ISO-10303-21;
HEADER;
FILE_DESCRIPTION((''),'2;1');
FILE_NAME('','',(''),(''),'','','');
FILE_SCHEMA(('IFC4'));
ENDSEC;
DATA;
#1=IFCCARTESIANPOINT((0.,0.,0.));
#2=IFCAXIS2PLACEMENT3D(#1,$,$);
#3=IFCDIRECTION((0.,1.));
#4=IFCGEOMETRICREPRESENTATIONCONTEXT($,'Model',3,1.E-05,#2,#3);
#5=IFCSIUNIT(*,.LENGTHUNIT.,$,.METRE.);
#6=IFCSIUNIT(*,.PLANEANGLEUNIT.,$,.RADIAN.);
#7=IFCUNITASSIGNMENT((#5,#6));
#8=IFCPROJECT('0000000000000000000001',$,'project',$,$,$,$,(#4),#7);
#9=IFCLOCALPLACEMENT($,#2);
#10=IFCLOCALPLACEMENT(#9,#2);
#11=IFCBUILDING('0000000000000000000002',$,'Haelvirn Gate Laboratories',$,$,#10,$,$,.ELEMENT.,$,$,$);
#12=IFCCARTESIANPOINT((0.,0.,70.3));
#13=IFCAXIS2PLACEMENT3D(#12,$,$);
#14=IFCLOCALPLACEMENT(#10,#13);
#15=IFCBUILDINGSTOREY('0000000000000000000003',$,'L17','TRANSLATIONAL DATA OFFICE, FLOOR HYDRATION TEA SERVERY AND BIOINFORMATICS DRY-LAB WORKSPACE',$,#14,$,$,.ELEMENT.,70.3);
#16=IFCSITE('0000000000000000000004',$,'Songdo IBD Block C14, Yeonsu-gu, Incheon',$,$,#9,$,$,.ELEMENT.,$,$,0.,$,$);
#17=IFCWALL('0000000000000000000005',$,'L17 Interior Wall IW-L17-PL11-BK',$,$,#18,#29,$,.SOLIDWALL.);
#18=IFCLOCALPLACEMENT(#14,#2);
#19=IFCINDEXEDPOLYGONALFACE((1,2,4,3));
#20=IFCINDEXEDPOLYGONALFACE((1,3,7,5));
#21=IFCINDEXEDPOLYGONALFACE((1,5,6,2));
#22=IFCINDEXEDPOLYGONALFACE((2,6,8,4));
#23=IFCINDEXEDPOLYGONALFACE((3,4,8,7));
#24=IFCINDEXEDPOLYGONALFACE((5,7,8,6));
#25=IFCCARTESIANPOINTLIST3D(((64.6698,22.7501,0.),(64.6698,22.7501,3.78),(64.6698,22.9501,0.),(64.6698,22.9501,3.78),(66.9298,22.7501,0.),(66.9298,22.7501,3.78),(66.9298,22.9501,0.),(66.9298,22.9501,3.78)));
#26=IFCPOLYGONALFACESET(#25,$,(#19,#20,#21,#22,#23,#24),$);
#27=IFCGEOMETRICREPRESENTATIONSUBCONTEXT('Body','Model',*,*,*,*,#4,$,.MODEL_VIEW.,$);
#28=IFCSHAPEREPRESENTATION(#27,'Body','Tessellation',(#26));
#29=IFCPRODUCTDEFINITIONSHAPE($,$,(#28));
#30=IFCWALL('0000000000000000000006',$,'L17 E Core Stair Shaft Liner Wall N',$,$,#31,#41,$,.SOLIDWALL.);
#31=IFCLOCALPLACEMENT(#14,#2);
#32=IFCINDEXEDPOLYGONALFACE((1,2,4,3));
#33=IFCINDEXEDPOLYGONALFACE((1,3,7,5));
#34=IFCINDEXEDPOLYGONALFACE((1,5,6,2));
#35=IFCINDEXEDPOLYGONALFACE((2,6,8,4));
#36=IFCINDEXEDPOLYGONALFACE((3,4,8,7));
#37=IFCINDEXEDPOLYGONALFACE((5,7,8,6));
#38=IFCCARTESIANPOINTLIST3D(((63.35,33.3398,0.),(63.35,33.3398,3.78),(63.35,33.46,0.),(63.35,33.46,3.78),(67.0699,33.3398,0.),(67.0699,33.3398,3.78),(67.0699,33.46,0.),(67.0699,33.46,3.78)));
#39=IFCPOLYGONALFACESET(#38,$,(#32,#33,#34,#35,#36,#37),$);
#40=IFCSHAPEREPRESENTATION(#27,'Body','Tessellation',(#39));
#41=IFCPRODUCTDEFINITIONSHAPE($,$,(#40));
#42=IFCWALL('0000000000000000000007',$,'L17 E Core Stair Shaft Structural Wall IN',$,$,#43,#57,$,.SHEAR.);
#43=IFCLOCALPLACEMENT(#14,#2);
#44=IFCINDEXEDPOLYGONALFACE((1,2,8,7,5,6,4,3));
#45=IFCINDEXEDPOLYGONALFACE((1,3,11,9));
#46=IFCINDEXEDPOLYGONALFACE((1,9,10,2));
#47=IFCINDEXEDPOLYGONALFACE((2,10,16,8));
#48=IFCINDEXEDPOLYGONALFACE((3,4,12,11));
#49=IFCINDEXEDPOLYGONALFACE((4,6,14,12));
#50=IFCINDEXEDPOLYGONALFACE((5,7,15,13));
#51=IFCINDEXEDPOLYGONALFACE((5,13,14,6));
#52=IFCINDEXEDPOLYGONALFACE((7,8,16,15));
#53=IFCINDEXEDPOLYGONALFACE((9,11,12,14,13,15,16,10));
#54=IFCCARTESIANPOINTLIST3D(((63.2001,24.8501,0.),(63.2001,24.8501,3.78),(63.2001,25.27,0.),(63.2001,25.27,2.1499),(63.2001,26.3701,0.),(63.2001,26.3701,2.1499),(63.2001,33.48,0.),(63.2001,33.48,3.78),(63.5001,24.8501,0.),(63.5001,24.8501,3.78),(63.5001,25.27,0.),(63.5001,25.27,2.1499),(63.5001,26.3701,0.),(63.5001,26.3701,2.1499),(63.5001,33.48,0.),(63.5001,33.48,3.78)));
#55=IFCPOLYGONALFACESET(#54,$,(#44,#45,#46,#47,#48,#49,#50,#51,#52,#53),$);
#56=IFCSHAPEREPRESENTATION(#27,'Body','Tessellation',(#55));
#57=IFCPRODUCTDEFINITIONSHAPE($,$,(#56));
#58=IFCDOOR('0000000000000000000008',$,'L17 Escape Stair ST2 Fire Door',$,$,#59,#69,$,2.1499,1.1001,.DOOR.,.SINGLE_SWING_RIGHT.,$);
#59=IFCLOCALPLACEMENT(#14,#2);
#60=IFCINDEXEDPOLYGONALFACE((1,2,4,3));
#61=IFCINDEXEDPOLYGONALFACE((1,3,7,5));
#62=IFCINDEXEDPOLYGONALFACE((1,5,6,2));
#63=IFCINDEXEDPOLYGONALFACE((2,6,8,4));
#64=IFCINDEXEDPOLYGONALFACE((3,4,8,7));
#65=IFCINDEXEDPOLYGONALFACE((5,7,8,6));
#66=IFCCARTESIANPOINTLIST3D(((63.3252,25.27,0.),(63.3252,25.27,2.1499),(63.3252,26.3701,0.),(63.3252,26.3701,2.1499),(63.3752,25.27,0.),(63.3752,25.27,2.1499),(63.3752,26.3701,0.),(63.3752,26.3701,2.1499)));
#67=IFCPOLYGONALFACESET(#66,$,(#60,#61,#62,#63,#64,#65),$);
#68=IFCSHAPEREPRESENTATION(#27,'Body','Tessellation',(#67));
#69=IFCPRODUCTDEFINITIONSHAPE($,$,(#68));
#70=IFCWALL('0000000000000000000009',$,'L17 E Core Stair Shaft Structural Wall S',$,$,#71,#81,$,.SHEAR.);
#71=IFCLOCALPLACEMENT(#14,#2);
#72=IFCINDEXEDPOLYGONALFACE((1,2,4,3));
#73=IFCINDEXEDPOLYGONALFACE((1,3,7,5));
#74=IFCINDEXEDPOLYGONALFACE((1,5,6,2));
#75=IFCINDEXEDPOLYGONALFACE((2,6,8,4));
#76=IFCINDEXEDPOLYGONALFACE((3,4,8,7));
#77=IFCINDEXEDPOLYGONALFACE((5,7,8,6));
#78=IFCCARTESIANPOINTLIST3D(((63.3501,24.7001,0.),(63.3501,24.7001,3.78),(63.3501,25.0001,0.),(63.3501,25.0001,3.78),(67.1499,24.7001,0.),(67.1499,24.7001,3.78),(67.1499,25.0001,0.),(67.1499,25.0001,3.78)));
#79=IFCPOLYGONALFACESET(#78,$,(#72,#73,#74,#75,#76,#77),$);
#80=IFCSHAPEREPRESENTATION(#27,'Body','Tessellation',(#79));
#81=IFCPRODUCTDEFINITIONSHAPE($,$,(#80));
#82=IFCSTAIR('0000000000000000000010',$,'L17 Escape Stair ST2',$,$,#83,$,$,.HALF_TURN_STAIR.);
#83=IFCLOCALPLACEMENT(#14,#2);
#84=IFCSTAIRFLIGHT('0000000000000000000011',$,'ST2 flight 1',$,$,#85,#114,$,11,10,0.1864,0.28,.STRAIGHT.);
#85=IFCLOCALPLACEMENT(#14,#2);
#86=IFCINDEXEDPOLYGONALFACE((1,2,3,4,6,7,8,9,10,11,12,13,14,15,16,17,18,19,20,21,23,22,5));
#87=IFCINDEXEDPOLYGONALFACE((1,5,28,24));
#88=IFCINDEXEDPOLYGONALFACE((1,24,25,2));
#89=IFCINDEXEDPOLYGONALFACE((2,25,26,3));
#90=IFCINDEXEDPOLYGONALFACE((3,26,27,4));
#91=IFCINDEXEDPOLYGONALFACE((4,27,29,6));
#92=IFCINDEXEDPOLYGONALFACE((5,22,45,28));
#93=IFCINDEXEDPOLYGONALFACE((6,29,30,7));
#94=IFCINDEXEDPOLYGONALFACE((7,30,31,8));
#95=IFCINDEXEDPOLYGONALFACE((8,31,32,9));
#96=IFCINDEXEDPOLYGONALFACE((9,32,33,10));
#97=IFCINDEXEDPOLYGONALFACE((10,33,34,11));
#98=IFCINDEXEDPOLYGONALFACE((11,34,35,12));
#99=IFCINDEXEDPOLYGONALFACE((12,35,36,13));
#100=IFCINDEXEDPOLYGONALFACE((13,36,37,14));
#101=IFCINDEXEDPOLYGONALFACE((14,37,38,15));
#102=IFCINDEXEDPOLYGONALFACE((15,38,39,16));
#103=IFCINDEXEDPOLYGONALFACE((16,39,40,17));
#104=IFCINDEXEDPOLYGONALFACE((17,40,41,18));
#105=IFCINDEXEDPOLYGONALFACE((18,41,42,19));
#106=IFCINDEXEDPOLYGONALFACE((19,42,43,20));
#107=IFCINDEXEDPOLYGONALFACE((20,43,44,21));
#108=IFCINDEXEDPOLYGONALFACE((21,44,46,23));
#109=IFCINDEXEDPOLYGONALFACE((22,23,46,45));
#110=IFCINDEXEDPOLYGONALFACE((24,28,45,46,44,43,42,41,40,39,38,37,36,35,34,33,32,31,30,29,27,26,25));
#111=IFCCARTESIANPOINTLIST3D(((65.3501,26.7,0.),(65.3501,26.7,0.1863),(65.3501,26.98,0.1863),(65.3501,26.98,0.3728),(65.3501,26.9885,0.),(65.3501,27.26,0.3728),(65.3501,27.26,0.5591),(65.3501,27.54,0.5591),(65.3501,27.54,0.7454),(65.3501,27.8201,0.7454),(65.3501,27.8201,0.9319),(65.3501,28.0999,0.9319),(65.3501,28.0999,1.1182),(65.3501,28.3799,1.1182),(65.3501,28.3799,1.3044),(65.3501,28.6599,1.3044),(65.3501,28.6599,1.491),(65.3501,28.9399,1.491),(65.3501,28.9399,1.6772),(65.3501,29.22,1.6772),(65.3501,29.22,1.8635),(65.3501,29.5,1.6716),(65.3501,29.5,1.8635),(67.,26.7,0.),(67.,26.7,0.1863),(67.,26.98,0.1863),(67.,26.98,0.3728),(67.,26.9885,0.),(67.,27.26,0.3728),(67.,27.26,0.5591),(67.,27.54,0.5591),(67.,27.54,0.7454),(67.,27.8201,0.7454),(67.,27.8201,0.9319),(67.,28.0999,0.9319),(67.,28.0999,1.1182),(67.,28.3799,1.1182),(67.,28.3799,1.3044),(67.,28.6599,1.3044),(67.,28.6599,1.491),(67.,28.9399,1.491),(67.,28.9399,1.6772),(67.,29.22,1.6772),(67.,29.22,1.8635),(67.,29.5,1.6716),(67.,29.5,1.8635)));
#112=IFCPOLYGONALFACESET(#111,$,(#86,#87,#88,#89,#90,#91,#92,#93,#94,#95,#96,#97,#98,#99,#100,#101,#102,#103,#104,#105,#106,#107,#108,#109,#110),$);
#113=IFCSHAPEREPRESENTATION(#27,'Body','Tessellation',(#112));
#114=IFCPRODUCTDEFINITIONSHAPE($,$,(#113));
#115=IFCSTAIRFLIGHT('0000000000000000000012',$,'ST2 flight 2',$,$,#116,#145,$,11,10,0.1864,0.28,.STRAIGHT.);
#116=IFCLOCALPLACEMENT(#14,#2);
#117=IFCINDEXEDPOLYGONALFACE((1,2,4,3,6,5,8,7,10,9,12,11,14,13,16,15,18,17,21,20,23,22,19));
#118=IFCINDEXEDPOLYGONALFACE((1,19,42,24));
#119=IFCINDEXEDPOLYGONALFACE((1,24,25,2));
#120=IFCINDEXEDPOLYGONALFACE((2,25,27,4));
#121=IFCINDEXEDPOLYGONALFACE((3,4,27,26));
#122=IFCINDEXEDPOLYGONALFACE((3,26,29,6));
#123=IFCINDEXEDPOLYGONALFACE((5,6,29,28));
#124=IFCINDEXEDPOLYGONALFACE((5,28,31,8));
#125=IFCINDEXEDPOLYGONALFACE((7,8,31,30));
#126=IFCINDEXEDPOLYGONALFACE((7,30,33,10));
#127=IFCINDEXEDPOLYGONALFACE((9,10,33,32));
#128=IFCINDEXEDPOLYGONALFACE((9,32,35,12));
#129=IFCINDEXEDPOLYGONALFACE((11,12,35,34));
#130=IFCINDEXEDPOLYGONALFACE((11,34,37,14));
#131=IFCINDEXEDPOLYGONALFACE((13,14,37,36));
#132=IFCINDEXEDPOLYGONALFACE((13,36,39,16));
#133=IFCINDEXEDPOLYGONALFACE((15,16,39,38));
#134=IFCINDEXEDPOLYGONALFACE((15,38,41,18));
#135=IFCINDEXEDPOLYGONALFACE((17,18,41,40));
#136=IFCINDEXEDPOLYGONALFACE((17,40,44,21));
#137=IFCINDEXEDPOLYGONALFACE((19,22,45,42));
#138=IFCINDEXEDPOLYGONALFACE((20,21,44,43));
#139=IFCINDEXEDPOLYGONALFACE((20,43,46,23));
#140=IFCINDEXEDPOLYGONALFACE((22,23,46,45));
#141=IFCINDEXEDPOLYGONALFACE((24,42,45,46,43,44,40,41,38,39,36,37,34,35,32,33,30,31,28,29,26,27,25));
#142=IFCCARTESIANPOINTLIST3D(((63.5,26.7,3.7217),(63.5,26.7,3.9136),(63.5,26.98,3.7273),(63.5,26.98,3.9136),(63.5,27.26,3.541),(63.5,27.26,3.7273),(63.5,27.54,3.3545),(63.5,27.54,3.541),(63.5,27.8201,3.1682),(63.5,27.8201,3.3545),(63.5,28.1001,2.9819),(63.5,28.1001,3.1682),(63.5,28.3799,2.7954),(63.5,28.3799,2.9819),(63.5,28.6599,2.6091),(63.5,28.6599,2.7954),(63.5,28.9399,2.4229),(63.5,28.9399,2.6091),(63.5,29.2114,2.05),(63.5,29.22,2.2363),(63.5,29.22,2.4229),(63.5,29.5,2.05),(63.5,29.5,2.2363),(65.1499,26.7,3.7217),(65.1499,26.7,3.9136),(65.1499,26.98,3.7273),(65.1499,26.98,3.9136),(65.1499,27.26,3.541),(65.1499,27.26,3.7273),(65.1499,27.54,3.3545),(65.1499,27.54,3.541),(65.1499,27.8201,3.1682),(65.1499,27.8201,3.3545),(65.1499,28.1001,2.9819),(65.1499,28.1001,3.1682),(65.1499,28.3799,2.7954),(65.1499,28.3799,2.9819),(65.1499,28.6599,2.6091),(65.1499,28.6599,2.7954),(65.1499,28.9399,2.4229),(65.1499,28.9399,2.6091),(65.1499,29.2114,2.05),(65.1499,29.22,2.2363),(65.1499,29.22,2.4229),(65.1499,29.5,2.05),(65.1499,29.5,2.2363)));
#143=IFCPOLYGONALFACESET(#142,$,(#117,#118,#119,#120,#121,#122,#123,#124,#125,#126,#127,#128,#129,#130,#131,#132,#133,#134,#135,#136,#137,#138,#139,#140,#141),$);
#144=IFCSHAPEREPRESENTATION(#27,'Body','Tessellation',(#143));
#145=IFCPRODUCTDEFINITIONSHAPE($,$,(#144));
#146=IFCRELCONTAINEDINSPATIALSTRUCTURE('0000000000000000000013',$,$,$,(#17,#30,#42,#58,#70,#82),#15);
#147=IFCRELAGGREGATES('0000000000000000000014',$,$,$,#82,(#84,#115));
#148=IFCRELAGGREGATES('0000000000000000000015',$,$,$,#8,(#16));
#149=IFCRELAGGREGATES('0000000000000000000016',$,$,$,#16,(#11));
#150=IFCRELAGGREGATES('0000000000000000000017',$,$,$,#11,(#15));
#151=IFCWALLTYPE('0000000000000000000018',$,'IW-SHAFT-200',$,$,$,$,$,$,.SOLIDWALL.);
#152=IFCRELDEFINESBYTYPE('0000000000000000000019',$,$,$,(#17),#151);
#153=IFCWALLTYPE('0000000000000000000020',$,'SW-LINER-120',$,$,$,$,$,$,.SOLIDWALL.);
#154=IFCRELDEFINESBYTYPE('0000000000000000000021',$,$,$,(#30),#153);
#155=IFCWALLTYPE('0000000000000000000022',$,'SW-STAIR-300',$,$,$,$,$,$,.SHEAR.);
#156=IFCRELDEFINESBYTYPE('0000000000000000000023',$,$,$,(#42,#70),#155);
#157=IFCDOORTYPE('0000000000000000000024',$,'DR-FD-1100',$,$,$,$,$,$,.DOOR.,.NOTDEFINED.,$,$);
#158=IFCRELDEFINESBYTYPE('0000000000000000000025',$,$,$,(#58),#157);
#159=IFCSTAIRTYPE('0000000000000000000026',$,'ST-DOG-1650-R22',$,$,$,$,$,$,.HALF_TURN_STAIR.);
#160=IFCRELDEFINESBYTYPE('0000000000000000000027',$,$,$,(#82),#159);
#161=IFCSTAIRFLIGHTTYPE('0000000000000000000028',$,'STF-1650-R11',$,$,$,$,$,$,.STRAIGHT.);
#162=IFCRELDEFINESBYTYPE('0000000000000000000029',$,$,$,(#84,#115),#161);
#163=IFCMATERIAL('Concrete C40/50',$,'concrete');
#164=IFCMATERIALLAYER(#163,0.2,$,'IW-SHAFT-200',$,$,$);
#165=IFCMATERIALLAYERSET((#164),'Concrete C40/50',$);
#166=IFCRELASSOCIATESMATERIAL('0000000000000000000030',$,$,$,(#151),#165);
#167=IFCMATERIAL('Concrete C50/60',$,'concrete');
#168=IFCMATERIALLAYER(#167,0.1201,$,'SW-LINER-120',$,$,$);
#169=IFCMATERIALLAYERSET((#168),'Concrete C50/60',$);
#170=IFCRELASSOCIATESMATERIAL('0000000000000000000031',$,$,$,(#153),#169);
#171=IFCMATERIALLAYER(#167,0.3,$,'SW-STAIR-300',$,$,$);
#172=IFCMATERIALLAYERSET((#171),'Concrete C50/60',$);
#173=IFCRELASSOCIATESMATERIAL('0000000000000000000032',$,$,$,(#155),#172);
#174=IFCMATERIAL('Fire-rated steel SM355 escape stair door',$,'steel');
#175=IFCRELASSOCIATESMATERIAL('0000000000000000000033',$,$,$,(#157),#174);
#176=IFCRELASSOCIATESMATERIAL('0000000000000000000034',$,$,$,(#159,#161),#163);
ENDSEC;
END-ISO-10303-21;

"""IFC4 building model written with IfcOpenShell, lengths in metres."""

from ifc_helpers import new_model, si_unit, direction, frame, frame_2d, origin, place, context, subcontext, project, spatial, polyline, rectangle, outline, extrude, source, transform, mapped, material, layer, layer_set, type_object, type_shapes, element, fill, aggregate, save


model = new_model("IFC4")

# Units and contexts
model_context = context("Model", 3, precision=1e-05, world=origin(), true_north=direction((0.0, 1.0)))
body_context = subcontext(model_context, "Body", "Model", "MODEL_VIEW")
ifc_project = project(units=[si_unit("LENGTHUNIT", "METRE"), si_unit("PLANEANGLEUNIT", "RADIAN")], contexts=[model_context])

# Site, building, storey
site_placement = place(None, origin())
site = spatial("IfcSite", under=ifc_project, at=site_placement, Name="Songdo IBD Block C14, Yeonsu-gu, Incheon", CompositionType="ELEMENT", RefElevation=0.0)
building_placement = place(site_placement, origin())
building = spatial("IfcBuilding", under=site, at=building_placement, Name="Haelvirn Gate Laboratories", CompositionType="ELEMENT")
storey_placement = place(building_placement, frame((0.0, 0.0, 70.3)))
storey = spatial("IfcBuildingStorey", under=building, at=storey_placement, Name="L17", Description="TRANSLATIONAL DATA OFFICE, FLOOR HYDRATION TEA SERVERY AND BIOINFORMATICS DRY-LAB WORKSPACE", CompositionType="ELEMENT", Elevation=70.3)

# Walls
ifc_material_1 = material(Name="Concrete C40/50", Category="concrete")
ifc_layer_1 = layer(ifc_material_1, 0.2, Name="IW-SHAFT-200")
ifc_layer_set_1 = layer_set([ifc_layer_1], Name="Concrete C40/50")
wall_type_1 = type_object("IfcWallType", Name="IW-SHAFT-200", PredefinedType="SOLIDWALL", material=ifc_layer_set_1)
wall_1_placement = place(storey_placement, frame((64.6699, 22.8501, 0.0), z_axis=(0.0, 0.0, 1.0), x_axis=(1.0, 0.0, 0.0)))
element("IfcWall", 1, at=wall_1_placement, inside=storey, type_object=wall_type_1, Name="L17 Interior Wall IW-L17-PL11-BK", PredefinedType="SOLIDWALL", context=body_context, shape_type="SweptSolid", body=[
    extrude(rectangle(XDim=2.26, YDim=0.2, at=frame_2d((1.1299, 0.0))), origin(), (0.0, 0.0, 1.0), 3.78),
])
ifc_material_2 = material(Name="Concrete C50/60", Category="concrete")
ifc_layer_2 = layer(ifc_material_2, 0.1201, Name="SW-LINER-120")
ifc_layer_set_2 = layer_set([ifc_layer_2], Name="Concrete C50/60")
wall_type_2 = type_object("IfcWallType", Name="SW-LINER-120", PredefinedType="SOLIDWALL", material=ifc_layer_set_2)
wall_2_placement = place(storey_placement, frame((63.3501, 33.3999, 0.0), z_axis=(0.0, 0.0, 1.0), x_axis=(1.0, 0.0, 0.0)))
element("IfcWall", 2, at=wall_2_placement, inside=storey, type_object=wall_type_2, Name="L17 E Core Stair Shaft Liner Wall N", PredefinedType="SOLIDWALL", context=body_context, shape_type="SweptSolid", body=[
    extrude(rectangle(XDim=3.72, YDim=0.1201, at=frame_2d((1.8599, 0.0))), origin(), (0.0, 0.0, 1.0), 3.78),
])

# Wall, opening, door
ifc_layer_3 = layer(ifc_material_2, 0.3, Name="SW-STAIR-300")
ifc_layer_set_3 = layer_set([ifc_layer_3], Name="Concrete C50/60")
wall_type_3 = type_object("IfcWallType", Name="SW-STAIR-300", PredefinedType="SHEAR", material=ifc_layer_set_3)
wall_3_placement = place(storey_placement, frame((63.3501, 24.8501, 0.0), z_axis=(0.0, 0.0, 1.0), x_axis=(0.0, 1.0, 0.0)))
wall_3 = element("IfcWall", 3, at=wall_3_placement, inside=storey, type_object=wall_type_3, Name="L17 E Core Stair Shaft Structural Wall IN", PredefinedType="SHEAR", context=body_context, shape_type="SweptSolid", body=[
    extrude(rectangle(XDim=8.6299, YDim=0.3, at=frame_2d((4.3149, 0.0))), origin(), (0.0, 0.0, 1.0), 3.78),
])
opening_1_placement = place(wall_3_placement, frame((0.4199, 0.0, 0.0)))
opening_1 = element("IfcOpeningElement", 4, at=opening_1_placement, cuts=wall_3, PredefinedType="OPENING", context=body_context, shape_type="SweptSolid", body=[
    extrude(rectangle(XDim=1.1001, YDim=2.1499, at=frame_2d((0.55, 1.075))), frame((0.0, 0.1602, 0.0), z_axis=(0.0, -1.0, 0.0), x_axis=(1.0, 0.0, 0.0)), (0.0, 0.0, 1.0), 0.3201),
])
ifc_material_3 = material(Name="Fire-rated steel SM355 escape stair door", Category="steel")
door_type_1 = type_object("IfcDoorType", Name="DR-FD-1100", OperationType="NOTDEFINED", PredefinedType="DOOR", material=ifc_material_3)
shared_shape_1 = source(origin(), body_context, "Body", "SweptSolid", [
    extrude(rectangle(XDim=1.1001, YDim=2.1499, at=frame_2d((0.55, 1.075))), frame((0.0, 0.0249, 0.0), z_axis=(0.0, -1.0, 0.0), x_axis=(1.0, 0.0, 0.0)), (0.0, 0.0, 1.0), 0.05),
])
type_shapes(door_type_1, [shared_shape_1])
door_1_placement = place(opening_1_placement, origin())
door_1 = element("IfcDoor", 5, at=door_1_placement, inside=storey, type_object=door_type_1, Name="L17 Escape Stair ST2 Fire Door", OperationType="SINGLE_SWING_RIGHT", OverallHeight=2.1499, OverallWidth=1.1001, PredefinedType="DOOR", context=body_context, shape_type="MappedRepresentation", body=[
    mapped(shared_shape_1, transform((0.0, 0.0, 0.0), scale=1.0)),
])
fill(opening_1, door_1)

# Wall
wall_4_placement = place(storey_placement, frame((63.3501, 24.8501, 0.0), z_axis=(0.0, 0.0, 1.0), x_axis=(1.0, 0.0, 0.0)))
element("IfcWall", 6, at=wall_4_placement, inside=storey, type_object=wall_type_3, Name="L17 E Core Stair Shaft Structural Wall S", PredefinedType="SHEAR", context=body_context, shape_type="SweptSolid", body=[
    extrude(rectangle(XDim=3.7998, YDim=0.3, at=frame_2d((1.8999, 0.0))), origin(), (0.0, 0.0, 1.0), 3.78),
])

# Stair, stair flights
stair_type = type_object("IfcStairType", Name="ST-DOG-1650-R22", PredefinedType="HALF_TURN_STAIR", material=ifc_material_1)
stair_placement = place(storey_placement, origin())
stair = element("IfcStair", 7, at=stair_placement, inside=storey, type_object=stair_type, Name="L17 Escape Stair ST2", PredefinedType="HALF_TURN_STAIR")
stair_flight_type = type_object("IfcStairFlightType", Name="STF-1650-R11", PredefinedType="STRAIGHT", material=ifc_material_1)
shared_shape_2 = source(origin(), body_context, "Body", "SweptSolid", [
    extrude(outline(polyline([(0.0, 0.0), (0.0, 0.1863), (0.28, 0.1863), (0.28, 0.3728), (0.5601, 0.3728), (0.5601, 0.5591), (0.8401, 0.5591), (0.8401, 0.7454), (1.1201, 0.7454), (1.1201, 0.9319), (1.3999, 0.9319), (1.3999, 1.1182), (1.6799, 1.1182), (1.6799, 1.3044), (1.96, 1.3044), (1.96, 1.491), (2.24, 1.491), (2.24, 1.6772), (2.52, 1.6772), (2.52, 1.8635), (2.8, 1.8635), (2.8, 2.05), (2.8, 1.6716), (0.2886, 0.0), (0.0, 0.0)])), frame((0.0, 0.825, 0.0), z_axis=(0.0, -1.0, 0.0), x_axis=(1.0, 0.0, 0.0)), (0.0, 0.0, 1.0), 1.6499),
])
type_shapes(stair_flight_type, [shared_shape_2])
stair_flight_1_placement = place(storey_placement, frame((66.175, 26.7, 0.0), z_axis=(0.0, 0.0, 1.0), x_axis=(0.0, 1.0, 0.0)))
stair_flight_1 = element("IfcStairFlight", 8, at=stair_flight_1_placement, type_object=stair_flight_type, Name="ST2 flight 1", NumberOfRisers=11, NumberOfTreads=10, PredefinedType="STRAIGHT", RiserHeight=0.1864, TreadLength=0.28, context=body_context, shape_type="MappedRepresentation", body=[
    mapped(shared_shape_2, transform((0.0, 0.0, 0.0), scale=1.0)),
])
stair_flight_2_placement = place(storey_placement, frame((64.325, 29.5, 2.05), z_axis=(0.0, 0.0, 1.0), x_axis=(0.0, -1.0, 0.0)))
stair_flight_2 = element("IfcStairFlight", 9, at=stair_flight_2_placement, type_object=stair_flight_type, Name="ST2 flight 2", NumberOfRisers=11, NumberOfTreads=10, PredefinedType="STRAIGHT", RiserHeight=0.1864, TreadLength=0.28, context=body_context, shape_type="MappedRepresentation", body=[
    mapped(shared_shape_2, transform((0.0, 0.0, 0.0), scale=1.0)),
])
aggregate(stair, [stair_flight_1, stair_flight_2])

save(model, "model.ifc")
